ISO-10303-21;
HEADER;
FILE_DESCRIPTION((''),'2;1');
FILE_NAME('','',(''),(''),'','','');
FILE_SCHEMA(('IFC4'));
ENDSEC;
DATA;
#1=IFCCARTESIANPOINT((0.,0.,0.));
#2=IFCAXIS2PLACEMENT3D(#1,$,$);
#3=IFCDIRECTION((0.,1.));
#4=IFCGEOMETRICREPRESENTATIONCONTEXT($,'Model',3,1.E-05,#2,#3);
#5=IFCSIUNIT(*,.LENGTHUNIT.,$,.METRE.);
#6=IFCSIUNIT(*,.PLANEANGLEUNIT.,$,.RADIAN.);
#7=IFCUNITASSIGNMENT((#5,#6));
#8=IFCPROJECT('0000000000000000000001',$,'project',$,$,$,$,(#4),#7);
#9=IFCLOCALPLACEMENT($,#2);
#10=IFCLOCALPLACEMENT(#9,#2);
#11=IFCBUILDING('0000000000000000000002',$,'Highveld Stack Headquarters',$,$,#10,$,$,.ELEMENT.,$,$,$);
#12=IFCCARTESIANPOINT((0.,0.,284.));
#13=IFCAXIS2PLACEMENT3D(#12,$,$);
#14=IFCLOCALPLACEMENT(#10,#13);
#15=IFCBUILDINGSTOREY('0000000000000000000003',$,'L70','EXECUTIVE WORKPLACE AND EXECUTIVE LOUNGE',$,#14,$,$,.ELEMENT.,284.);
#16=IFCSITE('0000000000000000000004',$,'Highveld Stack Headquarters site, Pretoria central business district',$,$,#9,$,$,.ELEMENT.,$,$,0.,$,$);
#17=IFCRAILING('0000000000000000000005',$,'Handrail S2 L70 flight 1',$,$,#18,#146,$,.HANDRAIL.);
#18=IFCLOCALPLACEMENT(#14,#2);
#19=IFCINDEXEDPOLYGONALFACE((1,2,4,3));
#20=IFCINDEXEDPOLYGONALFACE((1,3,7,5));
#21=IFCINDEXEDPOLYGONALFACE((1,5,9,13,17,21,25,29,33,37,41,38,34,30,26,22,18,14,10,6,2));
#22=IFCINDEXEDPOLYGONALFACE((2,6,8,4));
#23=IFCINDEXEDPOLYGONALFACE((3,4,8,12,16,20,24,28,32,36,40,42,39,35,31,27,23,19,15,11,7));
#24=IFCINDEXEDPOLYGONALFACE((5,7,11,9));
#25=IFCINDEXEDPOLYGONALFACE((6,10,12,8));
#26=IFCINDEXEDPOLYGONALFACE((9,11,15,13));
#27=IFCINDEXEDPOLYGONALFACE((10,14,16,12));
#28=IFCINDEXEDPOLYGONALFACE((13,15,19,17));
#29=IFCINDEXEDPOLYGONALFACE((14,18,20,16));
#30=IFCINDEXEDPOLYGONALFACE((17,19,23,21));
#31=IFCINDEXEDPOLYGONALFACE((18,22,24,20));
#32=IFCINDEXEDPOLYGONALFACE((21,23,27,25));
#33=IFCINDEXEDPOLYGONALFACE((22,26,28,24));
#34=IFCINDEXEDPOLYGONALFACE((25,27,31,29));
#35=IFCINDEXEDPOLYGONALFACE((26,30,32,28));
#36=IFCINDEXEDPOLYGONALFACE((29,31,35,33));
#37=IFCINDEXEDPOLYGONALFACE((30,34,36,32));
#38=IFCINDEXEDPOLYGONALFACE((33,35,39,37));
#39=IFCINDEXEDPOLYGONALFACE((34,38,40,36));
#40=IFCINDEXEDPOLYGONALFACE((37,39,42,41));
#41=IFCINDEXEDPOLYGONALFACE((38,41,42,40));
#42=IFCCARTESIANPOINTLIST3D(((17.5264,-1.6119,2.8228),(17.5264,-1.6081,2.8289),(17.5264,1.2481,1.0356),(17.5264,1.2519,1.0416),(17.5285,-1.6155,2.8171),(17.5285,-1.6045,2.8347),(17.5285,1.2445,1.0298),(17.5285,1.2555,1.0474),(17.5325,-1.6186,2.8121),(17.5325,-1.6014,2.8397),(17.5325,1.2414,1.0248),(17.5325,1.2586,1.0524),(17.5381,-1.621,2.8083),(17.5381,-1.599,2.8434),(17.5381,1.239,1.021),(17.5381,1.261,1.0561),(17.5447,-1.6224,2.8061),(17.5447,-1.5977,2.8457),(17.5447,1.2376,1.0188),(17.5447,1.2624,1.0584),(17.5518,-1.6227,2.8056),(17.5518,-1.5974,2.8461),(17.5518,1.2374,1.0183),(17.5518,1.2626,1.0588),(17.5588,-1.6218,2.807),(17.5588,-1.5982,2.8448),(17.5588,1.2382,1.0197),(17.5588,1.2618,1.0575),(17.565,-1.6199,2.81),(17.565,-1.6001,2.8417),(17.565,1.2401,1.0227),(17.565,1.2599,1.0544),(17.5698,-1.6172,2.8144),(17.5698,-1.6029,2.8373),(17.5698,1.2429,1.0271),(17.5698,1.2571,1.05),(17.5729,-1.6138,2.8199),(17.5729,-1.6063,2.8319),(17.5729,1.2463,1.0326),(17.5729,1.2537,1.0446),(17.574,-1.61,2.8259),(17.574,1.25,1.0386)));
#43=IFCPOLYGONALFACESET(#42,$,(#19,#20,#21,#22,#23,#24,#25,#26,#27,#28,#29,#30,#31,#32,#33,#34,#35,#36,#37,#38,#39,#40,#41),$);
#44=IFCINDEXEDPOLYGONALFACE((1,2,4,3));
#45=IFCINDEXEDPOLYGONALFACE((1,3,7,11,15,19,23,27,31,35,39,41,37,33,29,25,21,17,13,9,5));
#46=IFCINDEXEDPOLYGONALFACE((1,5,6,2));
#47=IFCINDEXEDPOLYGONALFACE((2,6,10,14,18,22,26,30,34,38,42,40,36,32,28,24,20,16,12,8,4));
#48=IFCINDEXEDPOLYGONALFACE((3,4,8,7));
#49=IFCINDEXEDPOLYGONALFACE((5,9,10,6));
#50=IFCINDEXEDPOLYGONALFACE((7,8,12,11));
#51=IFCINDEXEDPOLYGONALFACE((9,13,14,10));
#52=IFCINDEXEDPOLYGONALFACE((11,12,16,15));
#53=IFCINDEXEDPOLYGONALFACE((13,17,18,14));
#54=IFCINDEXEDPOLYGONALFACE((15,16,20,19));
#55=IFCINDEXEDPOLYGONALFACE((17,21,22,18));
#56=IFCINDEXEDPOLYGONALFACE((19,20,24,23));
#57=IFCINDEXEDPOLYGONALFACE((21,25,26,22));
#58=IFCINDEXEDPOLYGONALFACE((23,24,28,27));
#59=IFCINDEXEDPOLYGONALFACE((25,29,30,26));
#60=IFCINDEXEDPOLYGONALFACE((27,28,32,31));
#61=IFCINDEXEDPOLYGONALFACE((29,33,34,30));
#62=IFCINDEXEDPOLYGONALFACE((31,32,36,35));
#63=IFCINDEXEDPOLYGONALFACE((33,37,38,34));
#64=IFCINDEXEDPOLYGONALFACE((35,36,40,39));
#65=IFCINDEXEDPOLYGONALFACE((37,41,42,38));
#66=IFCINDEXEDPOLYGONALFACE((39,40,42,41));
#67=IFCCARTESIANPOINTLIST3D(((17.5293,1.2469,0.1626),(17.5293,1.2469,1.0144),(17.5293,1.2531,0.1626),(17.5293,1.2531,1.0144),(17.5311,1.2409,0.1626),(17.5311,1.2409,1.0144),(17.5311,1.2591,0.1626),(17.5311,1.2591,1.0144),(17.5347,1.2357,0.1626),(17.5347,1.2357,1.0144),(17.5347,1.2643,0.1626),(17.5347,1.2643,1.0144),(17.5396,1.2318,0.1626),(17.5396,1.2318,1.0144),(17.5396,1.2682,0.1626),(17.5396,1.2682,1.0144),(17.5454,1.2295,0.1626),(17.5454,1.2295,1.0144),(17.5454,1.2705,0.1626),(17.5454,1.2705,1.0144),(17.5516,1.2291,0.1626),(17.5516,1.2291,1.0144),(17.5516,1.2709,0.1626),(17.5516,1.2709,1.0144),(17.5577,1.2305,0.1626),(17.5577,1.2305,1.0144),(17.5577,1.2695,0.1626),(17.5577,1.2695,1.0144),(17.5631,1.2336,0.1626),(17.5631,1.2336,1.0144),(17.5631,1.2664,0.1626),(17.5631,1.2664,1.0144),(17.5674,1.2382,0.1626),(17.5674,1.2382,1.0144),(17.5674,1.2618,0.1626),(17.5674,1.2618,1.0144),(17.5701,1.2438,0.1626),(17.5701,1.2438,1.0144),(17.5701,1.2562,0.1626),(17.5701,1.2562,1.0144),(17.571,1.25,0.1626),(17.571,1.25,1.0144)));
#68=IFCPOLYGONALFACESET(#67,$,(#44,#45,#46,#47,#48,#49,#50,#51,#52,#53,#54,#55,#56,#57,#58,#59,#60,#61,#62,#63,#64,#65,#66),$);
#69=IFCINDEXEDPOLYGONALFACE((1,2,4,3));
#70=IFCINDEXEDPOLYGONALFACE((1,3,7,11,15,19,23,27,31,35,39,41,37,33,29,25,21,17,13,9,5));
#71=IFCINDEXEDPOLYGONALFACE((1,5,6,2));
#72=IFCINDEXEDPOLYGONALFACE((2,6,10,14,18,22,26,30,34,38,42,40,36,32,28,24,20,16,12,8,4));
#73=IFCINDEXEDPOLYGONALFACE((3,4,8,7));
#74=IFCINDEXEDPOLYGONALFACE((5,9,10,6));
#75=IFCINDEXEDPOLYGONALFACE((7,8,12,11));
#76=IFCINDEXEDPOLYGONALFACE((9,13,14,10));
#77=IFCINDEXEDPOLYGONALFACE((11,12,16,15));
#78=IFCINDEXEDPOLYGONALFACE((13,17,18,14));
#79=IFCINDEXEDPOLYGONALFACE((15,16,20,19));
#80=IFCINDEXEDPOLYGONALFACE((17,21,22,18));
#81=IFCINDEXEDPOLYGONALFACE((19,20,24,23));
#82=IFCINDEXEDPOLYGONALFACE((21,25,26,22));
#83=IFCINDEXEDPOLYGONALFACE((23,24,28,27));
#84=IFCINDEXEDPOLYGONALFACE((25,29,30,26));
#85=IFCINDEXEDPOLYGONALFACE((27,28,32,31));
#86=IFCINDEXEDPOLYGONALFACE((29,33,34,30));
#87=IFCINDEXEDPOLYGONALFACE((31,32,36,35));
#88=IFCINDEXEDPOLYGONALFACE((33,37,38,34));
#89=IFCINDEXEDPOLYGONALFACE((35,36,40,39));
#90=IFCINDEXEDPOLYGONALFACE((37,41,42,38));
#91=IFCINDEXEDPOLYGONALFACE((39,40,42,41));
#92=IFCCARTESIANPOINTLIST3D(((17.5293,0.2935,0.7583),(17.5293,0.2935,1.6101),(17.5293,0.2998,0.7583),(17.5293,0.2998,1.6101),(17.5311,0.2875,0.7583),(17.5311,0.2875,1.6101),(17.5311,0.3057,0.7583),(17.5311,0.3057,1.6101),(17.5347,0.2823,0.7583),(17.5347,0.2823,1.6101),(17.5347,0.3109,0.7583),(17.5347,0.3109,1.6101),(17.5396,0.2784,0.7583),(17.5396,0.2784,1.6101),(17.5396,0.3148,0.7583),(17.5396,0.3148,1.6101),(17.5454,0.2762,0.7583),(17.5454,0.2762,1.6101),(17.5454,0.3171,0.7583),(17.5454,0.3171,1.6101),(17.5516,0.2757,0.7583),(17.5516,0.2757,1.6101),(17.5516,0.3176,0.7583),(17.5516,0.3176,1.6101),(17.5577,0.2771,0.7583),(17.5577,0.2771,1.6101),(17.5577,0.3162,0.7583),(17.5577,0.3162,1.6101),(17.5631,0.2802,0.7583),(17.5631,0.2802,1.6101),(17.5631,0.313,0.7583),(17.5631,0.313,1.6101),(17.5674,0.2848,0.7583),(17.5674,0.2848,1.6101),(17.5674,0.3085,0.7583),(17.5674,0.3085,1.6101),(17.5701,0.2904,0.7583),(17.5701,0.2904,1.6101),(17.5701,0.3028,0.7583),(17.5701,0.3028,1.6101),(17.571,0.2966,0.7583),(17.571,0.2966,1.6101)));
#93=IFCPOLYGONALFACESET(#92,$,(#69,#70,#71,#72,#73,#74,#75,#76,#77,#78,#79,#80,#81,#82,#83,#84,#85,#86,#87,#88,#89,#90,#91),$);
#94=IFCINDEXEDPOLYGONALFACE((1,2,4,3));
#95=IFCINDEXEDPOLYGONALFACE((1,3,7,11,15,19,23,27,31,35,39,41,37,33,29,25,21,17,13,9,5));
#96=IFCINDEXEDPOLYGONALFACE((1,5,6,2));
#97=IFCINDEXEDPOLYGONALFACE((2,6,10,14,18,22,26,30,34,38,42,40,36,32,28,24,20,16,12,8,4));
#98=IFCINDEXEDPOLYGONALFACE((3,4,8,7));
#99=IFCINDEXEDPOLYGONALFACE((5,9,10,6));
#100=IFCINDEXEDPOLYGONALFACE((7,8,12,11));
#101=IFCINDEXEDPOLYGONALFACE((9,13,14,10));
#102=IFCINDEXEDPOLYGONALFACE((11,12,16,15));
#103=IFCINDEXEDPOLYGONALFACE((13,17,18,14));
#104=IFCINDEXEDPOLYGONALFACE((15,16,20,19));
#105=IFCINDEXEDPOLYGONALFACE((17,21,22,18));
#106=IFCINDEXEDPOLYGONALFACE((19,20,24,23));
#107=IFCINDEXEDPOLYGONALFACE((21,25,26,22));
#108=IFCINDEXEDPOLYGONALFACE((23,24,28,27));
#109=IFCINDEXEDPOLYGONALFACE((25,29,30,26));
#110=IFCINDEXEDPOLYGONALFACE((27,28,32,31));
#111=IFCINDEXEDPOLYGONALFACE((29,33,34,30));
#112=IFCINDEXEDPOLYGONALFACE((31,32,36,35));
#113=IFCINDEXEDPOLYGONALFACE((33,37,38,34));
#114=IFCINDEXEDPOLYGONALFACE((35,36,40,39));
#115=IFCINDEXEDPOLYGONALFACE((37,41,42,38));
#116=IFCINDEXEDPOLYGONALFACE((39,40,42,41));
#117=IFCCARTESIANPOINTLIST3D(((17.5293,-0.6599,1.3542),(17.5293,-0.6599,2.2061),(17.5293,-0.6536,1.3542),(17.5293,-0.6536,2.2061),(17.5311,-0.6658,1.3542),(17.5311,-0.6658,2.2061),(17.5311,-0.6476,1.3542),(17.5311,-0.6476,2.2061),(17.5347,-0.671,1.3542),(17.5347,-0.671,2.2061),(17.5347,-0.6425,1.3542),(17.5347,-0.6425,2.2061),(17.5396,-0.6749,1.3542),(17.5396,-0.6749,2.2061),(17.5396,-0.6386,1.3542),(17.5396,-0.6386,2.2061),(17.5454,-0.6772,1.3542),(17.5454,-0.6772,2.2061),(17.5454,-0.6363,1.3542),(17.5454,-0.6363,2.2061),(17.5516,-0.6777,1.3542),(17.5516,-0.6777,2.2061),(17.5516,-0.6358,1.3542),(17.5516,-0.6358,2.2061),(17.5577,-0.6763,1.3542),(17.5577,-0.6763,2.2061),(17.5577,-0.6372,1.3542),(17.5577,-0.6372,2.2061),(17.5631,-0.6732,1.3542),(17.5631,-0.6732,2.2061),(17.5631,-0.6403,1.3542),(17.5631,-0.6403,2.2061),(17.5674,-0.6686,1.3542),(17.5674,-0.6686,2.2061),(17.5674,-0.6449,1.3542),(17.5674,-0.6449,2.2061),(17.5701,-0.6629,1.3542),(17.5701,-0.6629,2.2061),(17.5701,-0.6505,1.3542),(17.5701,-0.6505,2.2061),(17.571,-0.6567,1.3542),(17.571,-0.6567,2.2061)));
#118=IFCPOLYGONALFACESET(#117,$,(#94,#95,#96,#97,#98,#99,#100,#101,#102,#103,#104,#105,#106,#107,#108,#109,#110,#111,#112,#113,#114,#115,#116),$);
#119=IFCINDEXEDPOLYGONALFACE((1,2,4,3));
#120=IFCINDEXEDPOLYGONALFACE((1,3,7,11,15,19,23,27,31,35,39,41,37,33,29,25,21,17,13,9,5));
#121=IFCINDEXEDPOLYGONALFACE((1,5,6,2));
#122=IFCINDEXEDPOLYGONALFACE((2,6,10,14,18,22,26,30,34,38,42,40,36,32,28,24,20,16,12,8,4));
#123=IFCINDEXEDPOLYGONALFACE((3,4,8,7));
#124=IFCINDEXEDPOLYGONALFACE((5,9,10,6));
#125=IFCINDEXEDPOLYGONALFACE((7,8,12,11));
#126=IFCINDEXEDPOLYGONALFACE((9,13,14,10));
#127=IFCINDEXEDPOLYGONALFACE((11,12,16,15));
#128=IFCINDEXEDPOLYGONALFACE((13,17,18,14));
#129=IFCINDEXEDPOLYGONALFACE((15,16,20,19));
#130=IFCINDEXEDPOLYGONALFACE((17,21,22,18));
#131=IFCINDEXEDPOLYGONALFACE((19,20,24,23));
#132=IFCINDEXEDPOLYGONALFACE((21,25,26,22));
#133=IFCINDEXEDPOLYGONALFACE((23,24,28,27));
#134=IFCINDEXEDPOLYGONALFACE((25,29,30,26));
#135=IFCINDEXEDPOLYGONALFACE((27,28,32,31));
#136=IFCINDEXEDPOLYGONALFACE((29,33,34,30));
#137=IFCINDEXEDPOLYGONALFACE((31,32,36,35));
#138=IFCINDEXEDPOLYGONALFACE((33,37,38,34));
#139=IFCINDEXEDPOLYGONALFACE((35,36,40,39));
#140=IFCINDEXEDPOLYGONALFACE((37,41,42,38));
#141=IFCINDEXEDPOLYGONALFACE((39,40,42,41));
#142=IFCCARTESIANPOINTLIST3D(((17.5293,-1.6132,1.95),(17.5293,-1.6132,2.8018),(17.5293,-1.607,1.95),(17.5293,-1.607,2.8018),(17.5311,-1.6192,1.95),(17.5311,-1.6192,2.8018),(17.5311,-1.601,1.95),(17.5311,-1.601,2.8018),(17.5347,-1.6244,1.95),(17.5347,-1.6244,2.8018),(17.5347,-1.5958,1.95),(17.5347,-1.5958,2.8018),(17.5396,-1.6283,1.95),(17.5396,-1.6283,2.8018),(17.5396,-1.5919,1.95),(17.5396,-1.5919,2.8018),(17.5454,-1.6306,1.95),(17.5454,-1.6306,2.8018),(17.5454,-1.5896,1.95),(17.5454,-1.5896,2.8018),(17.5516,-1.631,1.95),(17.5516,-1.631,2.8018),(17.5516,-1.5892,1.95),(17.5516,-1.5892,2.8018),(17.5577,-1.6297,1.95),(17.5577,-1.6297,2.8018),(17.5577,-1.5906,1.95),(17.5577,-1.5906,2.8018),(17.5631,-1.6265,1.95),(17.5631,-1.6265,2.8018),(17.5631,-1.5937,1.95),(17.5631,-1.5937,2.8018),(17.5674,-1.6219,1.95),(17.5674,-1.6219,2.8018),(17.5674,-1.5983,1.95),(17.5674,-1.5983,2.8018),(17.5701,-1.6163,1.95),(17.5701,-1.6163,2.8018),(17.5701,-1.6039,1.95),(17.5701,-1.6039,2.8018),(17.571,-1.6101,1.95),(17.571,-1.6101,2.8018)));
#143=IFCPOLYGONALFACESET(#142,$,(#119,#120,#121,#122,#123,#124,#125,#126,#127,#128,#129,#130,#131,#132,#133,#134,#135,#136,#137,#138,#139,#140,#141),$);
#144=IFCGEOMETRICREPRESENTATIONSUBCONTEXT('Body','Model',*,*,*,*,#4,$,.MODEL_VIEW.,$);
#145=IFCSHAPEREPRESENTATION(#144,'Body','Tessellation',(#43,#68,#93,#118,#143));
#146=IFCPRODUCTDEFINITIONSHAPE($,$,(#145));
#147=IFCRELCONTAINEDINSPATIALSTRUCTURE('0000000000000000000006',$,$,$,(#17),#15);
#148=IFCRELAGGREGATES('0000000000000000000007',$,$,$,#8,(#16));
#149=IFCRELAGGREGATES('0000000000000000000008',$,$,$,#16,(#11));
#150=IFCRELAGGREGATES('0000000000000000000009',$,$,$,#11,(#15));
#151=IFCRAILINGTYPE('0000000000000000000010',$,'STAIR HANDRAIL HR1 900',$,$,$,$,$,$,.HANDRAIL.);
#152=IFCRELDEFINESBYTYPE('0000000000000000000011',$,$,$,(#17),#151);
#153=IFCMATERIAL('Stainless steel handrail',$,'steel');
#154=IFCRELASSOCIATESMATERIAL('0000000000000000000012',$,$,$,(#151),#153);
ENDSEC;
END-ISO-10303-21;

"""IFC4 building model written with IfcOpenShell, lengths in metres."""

from ifc_helpers import new_model, si_unit, direction, frame, origin, origin_2d, place, context, subcontext, project, spatial, circle, extrude, material, type_object, element, save


model = new_model("IFC4")

# Units and contexts
model_context = context("Model", 3, precision=1e-05, world=origin(), true_north=direction((0.0, 1.0)))
body_context = subcontext(model_context, "Body", "Model", "MODEL_VIEW")
ifc_project = project(units=[si_unit("LENGTHUNIT", "METRE"), si_unit("PLANEANGLEUNIT", "RADIAN")], contexts=[model_context])

# Site, building, storey
site_placement = place(None, origin())
site = spatial("IfcSite", under=ifc_project, at=site_placement, Name="Highveld Stack Headquarters site, Pretoria central business district", CompositionType="ELEMENT", RefElevation=0.0)
building_placement = place(site_placement, origin())
building = spatial("IfcBuilding", under=site, at=building_placement, Name="Highveld Stack Headquarters", CompositionType="ELEMENT")
storey_placement = place(building_placement, frame((0.0, 0.0, 284.0)))
storey = spatial("IfcBuildingStorey", under=building, at=storey_placement, Name="L70", Description="EXECUTIVE WORKPLACE AND EXECUTIVE LOUNGE", CompositionType="ELEMENT", Elevation=284.0)

# Railing
ifc_material_1 = material(Name="Stainless steel handrail", Category="steel")
railing_type = type_object("IfcRailingType", Name="STAIR HANDRAIL HR1 900", PredefinedType="HANDRAIL", material=ifc_material_1)
for number, where, name in (
    (1, (17.55, 1.25, 0.1626), "Handrail S2 L70 flight 1"),
):
    element("IfcRailing", number, at=place(storey_placement, frame(where)), inside=storey, type_object=railing_type, Name=name, PredefinedType="HANDRAIL", context=body_context, shape_type="SweptSolid", body=[
        extrude(circle(Radius=0.0239, at=origin_2d()), frame((0.0, 0.0, 0.876), z_axis=(0.0, -0.848027, 0.529953), x_axis=(1.0, 0.0, 0.0)), (0.0, 0.0, 1.0), 3.3726),
        extrude(circle(Radius=0.021, at=origin_2d()), origin(), (0.0, 0.0, 1.0), 0.8518),
        extrude(circle(Radius=0.021, at=origin_2d()), frame((0.0, -0.9534, 0.5957)), (0.0, 0.0, 1.0), 0.8518),
        extrude(circle(Radius=0.021, at=origin_2d()), frame((0.0, -1.9067, 1.1917)), (0.0, 0.0, 1.0), 0.8518),
        extrude(circle(Radius=0.021, at=origin_2d()), frame((0.0, -2.8601, 1.7874)), (0.0, 0.0, 1.0), 0.8518),
    ])

save(model, "model.ifc")
